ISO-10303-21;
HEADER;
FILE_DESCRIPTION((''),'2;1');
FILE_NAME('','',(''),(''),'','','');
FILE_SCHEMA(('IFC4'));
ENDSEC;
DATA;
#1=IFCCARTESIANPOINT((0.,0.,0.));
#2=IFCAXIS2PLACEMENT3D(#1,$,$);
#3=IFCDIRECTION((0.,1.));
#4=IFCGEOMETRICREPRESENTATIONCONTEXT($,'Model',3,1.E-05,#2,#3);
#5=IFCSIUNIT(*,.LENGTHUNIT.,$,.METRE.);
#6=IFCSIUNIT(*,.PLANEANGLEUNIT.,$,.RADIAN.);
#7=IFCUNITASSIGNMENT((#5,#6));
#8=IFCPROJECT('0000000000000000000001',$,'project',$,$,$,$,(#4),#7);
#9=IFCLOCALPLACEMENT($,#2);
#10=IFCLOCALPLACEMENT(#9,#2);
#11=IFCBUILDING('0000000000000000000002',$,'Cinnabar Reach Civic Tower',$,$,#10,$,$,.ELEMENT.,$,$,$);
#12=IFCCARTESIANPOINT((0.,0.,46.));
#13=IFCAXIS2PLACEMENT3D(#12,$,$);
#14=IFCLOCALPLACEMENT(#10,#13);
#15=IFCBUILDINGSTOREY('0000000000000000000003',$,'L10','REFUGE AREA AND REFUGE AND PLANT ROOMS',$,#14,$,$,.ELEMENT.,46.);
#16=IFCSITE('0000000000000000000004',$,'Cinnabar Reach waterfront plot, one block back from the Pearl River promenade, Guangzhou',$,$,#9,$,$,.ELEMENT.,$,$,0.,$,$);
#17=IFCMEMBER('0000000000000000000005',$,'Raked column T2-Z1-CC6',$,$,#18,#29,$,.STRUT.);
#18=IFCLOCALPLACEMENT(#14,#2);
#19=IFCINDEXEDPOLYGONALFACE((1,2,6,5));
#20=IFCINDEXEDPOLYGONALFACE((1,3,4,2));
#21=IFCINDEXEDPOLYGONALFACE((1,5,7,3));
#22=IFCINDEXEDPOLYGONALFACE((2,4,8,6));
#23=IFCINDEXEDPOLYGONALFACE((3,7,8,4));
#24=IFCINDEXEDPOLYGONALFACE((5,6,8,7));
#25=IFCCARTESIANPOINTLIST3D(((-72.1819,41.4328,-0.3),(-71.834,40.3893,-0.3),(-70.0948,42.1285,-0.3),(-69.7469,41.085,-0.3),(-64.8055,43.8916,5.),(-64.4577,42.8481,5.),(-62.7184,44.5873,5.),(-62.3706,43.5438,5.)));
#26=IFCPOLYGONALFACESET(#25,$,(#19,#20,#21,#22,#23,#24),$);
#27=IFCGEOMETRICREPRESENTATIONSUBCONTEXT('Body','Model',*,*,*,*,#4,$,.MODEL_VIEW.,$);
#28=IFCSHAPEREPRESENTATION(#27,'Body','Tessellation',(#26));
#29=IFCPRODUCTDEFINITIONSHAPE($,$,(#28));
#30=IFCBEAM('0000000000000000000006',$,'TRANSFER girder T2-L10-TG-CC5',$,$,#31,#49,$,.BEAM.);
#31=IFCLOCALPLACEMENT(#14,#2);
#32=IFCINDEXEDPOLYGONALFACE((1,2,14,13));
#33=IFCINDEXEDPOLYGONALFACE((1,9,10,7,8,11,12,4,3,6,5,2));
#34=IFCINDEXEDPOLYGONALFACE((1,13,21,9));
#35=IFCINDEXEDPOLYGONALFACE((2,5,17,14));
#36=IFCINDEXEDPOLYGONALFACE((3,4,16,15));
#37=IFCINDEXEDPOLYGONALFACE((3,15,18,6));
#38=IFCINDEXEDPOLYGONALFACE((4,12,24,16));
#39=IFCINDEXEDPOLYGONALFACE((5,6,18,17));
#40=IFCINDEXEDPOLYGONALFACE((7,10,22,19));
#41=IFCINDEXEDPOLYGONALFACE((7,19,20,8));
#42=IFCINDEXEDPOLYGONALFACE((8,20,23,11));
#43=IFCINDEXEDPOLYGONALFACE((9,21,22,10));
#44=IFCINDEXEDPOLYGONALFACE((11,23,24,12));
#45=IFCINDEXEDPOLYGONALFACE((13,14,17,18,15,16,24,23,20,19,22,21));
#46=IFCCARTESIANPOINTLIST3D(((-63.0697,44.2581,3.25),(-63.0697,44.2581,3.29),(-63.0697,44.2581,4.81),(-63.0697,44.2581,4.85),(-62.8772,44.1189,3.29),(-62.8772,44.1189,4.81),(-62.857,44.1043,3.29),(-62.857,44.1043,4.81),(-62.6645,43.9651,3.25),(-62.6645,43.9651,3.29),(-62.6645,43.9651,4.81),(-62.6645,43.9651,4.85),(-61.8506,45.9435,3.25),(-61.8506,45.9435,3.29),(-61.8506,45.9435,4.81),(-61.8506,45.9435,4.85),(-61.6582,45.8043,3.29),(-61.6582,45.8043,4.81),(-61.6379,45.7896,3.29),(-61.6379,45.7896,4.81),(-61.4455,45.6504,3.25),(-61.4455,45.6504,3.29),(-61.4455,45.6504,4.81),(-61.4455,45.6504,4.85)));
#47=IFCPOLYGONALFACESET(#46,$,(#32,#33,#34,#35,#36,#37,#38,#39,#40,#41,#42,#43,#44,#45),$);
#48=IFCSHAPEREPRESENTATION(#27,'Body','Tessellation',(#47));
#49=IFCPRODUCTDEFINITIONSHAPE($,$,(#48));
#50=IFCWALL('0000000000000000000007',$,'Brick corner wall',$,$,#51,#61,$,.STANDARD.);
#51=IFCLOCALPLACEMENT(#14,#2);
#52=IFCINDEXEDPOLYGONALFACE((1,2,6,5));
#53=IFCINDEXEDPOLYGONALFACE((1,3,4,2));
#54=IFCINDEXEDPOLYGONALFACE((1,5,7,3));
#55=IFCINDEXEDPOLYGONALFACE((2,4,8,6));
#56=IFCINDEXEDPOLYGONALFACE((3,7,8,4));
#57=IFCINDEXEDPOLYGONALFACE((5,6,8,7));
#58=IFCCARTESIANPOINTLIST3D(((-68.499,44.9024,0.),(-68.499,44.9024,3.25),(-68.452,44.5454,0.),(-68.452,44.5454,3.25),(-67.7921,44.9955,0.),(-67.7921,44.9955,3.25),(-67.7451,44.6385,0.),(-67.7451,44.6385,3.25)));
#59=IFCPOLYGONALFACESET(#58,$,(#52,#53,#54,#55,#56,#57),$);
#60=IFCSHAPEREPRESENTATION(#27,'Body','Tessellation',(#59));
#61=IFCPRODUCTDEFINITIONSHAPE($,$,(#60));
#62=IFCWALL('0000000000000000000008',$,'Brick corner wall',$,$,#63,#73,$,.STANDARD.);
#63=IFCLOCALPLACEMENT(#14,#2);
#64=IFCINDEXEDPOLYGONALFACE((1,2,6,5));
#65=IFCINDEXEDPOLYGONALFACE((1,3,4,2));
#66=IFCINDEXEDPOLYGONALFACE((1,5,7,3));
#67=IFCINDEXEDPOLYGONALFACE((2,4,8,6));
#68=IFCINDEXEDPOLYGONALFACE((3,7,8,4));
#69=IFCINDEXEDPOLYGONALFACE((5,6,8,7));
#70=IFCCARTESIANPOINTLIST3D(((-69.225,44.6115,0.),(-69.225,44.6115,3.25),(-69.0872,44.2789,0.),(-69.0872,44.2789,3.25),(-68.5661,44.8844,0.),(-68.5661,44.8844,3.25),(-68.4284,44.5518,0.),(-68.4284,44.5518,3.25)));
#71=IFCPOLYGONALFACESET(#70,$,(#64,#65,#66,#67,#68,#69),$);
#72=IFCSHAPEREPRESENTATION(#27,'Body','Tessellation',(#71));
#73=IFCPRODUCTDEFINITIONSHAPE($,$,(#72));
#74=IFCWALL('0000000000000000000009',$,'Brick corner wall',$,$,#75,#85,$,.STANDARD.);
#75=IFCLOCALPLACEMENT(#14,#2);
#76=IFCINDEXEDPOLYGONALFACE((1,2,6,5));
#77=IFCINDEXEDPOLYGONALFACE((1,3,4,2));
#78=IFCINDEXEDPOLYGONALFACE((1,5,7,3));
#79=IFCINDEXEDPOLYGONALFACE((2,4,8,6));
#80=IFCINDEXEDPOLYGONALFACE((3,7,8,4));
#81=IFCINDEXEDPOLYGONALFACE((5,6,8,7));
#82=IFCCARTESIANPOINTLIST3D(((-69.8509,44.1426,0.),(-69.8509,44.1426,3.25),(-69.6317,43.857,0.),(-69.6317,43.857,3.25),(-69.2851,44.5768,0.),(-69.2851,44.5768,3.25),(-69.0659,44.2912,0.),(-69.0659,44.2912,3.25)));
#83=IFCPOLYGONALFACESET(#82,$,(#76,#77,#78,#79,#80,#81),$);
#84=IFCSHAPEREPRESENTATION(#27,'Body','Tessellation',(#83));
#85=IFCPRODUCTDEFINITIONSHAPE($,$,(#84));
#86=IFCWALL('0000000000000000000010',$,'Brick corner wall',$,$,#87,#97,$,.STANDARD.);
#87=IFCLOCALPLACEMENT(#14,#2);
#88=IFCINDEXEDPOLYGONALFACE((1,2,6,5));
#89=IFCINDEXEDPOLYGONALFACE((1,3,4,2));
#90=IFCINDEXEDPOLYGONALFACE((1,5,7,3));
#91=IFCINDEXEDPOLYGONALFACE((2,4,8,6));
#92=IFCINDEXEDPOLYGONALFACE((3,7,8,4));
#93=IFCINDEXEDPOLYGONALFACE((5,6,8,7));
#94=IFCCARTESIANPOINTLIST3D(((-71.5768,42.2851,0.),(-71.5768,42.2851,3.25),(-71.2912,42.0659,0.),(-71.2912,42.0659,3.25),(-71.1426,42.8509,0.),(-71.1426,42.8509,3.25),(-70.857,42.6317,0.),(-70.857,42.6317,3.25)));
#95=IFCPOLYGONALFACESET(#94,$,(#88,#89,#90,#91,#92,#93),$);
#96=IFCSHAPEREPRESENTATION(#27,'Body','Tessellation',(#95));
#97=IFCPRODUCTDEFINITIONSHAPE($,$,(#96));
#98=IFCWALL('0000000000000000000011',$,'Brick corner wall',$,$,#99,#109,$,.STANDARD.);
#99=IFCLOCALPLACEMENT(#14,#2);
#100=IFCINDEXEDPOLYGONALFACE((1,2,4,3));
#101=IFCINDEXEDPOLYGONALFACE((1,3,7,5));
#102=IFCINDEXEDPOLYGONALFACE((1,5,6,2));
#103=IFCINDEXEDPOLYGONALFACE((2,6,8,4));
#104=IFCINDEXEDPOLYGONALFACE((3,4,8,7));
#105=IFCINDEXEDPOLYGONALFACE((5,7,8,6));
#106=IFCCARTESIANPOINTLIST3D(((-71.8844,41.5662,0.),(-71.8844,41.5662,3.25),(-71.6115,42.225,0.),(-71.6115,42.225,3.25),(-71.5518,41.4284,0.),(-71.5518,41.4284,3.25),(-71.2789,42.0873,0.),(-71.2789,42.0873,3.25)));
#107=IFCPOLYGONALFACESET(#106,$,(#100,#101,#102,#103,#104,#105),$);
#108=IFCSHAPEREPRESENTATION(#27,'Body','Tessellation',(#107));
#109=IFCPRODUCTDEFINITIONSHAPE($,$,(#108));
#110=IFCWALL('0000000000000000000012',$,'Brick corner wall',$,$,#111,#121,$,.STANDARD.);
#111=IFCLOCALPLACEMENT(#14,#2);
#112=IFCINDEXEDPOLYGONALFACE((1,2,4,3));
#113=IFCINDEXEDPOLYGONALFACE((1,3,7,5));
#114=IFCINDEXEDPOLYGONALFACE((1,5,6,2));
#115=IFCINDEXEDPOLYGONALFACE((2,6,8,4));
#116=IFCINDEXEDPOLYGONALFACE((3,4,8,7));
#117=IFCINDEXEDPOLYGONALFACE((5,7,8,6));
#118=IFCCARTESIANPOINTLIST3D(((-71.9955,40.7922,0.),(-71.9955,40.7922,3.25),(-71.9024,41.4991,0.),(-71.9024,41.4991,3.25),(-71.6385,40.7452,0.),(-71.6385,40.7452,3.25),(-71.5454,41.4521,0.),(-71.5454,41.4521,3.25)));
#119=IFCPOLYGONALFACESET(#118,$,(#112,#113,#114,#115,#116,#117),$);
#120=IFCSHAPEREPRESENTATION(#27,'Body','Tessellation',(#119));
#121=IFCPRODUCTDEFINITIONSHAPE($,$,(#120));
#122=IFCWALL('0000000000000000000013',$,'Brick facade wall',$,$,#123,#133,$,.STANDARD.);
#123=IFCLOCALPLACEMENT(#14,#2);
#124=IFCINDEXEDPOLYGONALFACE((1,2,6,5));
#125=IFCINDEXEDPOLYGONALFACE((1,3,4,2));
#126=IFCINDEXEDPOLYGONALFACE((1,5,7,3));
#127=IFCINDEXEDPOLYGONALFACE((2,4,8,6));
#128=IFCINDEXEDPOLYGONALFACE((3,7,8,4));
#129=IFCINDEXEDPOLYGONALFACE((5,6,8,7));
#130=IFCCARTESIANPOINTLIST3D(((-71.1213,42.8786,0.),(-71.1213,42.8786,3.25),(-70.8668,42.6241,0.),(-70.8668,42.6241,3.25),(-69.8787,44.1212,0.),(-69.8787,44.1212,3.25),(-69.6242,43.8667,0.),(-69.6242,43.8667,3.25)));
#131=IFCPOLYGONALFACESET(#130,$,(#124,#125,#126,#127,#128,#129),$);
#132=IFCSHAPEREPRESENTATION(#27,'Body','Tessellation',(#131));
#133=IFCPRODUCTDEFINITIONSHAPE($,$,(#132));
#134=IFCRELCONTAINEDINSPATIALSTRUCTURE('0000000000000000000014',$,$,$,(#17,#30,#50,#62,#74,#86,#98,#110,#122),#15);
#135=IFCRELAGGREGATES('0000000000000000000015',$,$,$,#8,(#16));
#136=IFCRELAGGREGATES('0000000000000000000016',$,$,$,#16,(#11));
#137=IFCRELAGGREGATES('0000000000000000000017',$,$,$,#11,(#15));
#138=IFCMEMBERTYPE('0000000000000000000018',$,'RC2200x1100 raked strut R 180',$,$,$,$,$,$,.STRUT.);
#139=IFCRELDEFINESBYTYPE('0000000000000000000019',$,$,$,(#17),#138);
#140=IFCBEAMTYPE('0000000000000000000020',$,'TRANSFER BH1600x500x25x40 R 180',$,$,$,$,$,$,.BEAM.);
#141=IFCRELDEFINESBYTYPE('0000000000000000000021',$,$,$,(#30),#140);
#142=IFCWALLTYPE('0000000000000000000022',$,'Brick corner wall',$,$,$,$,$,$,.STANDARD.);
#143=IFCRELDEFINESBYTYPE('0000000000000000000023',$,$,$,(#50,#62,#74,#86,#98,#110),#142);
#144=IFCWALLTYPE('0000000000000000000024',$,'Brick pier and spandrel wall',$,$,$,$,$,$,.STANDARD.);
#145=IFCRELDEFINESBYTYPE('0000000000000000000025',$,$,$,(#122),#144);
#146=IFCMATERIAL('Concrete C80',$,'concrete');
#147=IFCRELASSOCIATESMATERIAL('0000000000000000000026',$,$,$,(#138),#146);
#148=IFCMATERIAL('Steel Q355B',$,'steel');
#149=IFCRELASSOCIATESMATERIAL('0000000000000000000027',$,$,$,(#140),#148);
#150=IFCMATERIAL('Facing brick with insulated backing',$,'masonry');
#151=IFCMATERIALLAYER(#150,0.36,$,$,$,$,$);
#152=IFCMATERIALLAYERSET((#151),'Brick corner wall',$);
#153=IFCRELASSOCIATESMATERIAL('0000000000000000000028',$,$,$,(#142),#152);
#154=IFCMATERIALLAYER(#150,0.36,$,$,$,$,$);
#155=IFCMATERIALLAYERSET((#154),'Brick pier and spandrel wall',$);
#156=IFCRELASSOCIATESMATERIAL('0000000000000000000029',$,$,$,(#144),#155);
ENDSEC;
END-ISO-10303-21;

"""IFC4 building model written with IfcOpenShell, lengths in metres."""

from ifc_helpers import new_model, si_unit, direction, frame, frame_2d, origin, origin_2d, place, context, subcontext, project, spatial, rectangle, i_section, extrude, material, layer, layer_set, material_profile, profile_set, type_object, element, save


model = new_model("IFC4")

# Units and contexts
model_context = context("Model", 3, precision=1e-05, world=origin(), true_north=direction((0.0, 1.0)))
body_context = subcontext(model_context, "Body", "Model", "MODEL_VIEW")
ifc_project = project(units=[si_unit("LENGTHUNIT", "METRE"), si_unit("PLANEANGLEUNIT", "RADIAN")], contexts=[model_context])

# Site, building, storey
site_placement = place(None, origin())
site = spatial("IfcSite", under=ifc_project, at=site_placement, Name="Cinnabar Reach waterfront plot, one block back from the Pearl River promenade, Guangzhou", CompositionType="ELEMENT", RefElevation=0.0)
building_placement = place(site_placement, origin())
building = spatial("IfcBuilding", under=site, at=building_placement, Name="Cinnabar Reach Civic Tower", CompositionType="ELEMENT")
storey_placement = place(building_placement, frame((0.0, 0.0, 46.0)))
storey = spatial("IfcBuildingStorey", under=building, at=storey_placement, Name="L10", Description="REFUGE AREA AND REFUGE AND PLANT ROOMS", CompositionType="ELEMENT", Elevation=46.0)

# Shared definitions
ifc_material_1 = material(Name="Concrete C80", Category="concrete")

# Shared definitions
ifc_material_2 = material(Name="Steel Q355B", Category="steel")

# Member
ifc_material_profile_1 = material_profile(ifc_material_1, rectangle(XDim=2.2, YDim=1.1, at=origin_2d()), Name="RC2200x1100")
ifc_profile_set_1 = profile_set([ifc_material_profile_1], Name="Concrete C80")
member_type = type_object("IfcMemberType", Name="RC2200x1100 raked strut R 180", PredefinedType="STRUT", material=ifc_profile_set_1)
member_placement = place(storey_placement, frame((-70.9644, 41.2589, -0.3), z_axis=(0.0, 0.0, 1.0), x_axis=(0.948683, 0.316229, 0.0)))
element("IfcMember", 1, at=member_placement, inside=storey, type_object=member_type, Name="Raked column T2-Z1-CC6", PredefinedType="STRUT", context=body_context, shape_type="SweptSolid", body=[
    extrude(rectangle(XDim=2.2, YDim=1.1, at=origin_2d()), origin(), (0.826294, 0.000003, 0.563239), 9.4099),
])

# Beam
ifc_material_profile_2 = material_profile(ifc_material_2, i_section(OverallWidth=0.5, OverallDepth=1.6, WebThickness=0.025, FlangeThickness=0.04, at=origin_2d()), Name="BH1600x500x25x40")
ifc_profile_set_2 = profile_set([ifc_material_profile_2], Name="Steel Q355B")
beam_type_1 = type_object("IfcBeamType", Name="TRANSFER BH1600x500x25x40 R 180", PredefinedType="BEAM", material=ifc_profile_set_2)
beam_1_placement = place(storey_placement, frame((-62.8671, 44.1116, 4.05), z_axis=(0.586071, 0.810259, 0.0), x_axis=(-0.810259, 0.586071, 0.0)))
element("IfcBeam", 2, at=beam_1_placement, inside=storey, type_object=beam_type_1, Name="TRANSFER girder T2-L10-TG-CC5", PredefinedType="BEAM", context=body_context, shape_type="SweptSolid", body=[
    extrude(i_section(OverallWidth=0.5, OverallDepth=1.6, WebThickness=0.025, FlangeThickness=0.04, at=origin_2d()), origin(), (0.0, 0.0, 1.0), 2.08),
])

# Walls
ifc_material_3 = material(Name="Facing brick with insulated backing", Category="masonry")
ifc_layer_1 = layer(ifc_material_3, 0.36)
ifc_layer_set_1 = layer_set([ifc_layer_1], Name="Brick corner wall")
wall_type_1 = type_object("IfcWallType", Name="Brick corner wall", PredefinedType="STANDARD", material=ifc_layer_set_1)
for number, where, z_axis, x_axis, name in (
    (3, (-67.7686, 44.817, 0.0), (0.0, 0.0, 1.0), (-0.991441, -0.130556, 0.0), "Brick corner wall"),
    (4, (-68.4973, 44.7181, 0.0), (0.0, 0.0, 1.0), (-0.923872, -0.382703, 0.0), "Brick corner wall"),
):
    element("IfcWall", number, at=place(storey_placement, frame(where, z_axis=z_axis, x_axis=x_axis)), inside=storey, type_object=wall_type_1, Name=name, PredefinedType="STANDARD", context=body_context, shape_type="SweptSolid", body=[
        extrude(rectangle(XDim=0.7131, YDim=0.36, at=frame_2d((0.3565, 0.0))), origin(), (0.0, 0.0, 1.0), 3.25),
    ])
for number, where, z_axis, x_axis, name in (
    (5, (-69.1755, 44.434, 0.0), (0.0, 0.0, 1.0), (-0.793322, -0.608802, 0.0), "Brick corner wall"),
    (6, (-70.9998, 42.7413, 0.0), (0.0, 0.0, 1.0), (-0.608802, -0.793322, 0.0), "Brick corner wall"),
):
    element("IfcWall", number, at=place(storey_placement, frame(where, z_axis=z_axis, x_axis=x_axis)), inside=storey, type_object=wall_type_1, Name=name, PredefinedType="STANDARD", context=body_context, shape_type="SweptSolid", body=[
        extrude(rectangle(XDim=0.7132, YDim=0.36, at=frame_2d((0.3566, 0.0))), origin(), (0.0, 0.0, 1.0), 3.25),
    ])
for number, where, z_axis, x_axis, name in (
    (7, (-71.4452, 42.1561, 0.0), (0.0, 0.0, 1.0), (-0.382703, -0.923872, 0.0), "Brick corner wall"),
    (8, (-71.7239, 41.4756, 0.0), (0.0, 0.0, 1.0), (-0.130556, -0.991441, 0.0), "Brick corner wall"),
):
    element("IfcWall", number, at=place(storey_placement, frame(where, z_axis=z_axis, x_axis=x_axis)), inside=storey, type_object=wall_type_1, Name=name, PredefinedType="STANDARD", context=body_context, shape_type="SweptSolid", body=[
        extrude(rectangle(XDim=0.7131, YDim=0.36, at=frame_2d((0.3565, 0.0))), origin(), (0.0, 0.0, 1.0), 3.25),
    ])
ifc_layer_2 = layer(ifc_material_3, 0.36)
ifc_layer_set_2 = layer_set([ifc_layer_2], Name="Brick pier and spandrel wall")
wall_type_2 = type_object("IfcWallType", Name="Brick pier and spandrel wall", PredefinedType="STANDARD", material=ifc_layer_set_2)
wall_1_placement = place(storey_placement, frame((-69.7514, 43.994, 0.0), z_axis=(0.0, 0.0, 1.0), x_axis=(-0.707107, -0.707107, 0.0)))
element("IfcWall", 9, at=wall_1_placement, inside=storey, type_object=wall_type_2, Name="Brick facade wall", PredefinedType="STANDARD", context=body_context, shape_type="SweptSolid", body=[
    extrude(rectangle(XDim=1.7573, YDim=0.36, at=frame_2d((0.8787, 0.0))), origin(), (0.0, 0.0, 1.0), 3.25),
])

save(model, "model.ifc")
